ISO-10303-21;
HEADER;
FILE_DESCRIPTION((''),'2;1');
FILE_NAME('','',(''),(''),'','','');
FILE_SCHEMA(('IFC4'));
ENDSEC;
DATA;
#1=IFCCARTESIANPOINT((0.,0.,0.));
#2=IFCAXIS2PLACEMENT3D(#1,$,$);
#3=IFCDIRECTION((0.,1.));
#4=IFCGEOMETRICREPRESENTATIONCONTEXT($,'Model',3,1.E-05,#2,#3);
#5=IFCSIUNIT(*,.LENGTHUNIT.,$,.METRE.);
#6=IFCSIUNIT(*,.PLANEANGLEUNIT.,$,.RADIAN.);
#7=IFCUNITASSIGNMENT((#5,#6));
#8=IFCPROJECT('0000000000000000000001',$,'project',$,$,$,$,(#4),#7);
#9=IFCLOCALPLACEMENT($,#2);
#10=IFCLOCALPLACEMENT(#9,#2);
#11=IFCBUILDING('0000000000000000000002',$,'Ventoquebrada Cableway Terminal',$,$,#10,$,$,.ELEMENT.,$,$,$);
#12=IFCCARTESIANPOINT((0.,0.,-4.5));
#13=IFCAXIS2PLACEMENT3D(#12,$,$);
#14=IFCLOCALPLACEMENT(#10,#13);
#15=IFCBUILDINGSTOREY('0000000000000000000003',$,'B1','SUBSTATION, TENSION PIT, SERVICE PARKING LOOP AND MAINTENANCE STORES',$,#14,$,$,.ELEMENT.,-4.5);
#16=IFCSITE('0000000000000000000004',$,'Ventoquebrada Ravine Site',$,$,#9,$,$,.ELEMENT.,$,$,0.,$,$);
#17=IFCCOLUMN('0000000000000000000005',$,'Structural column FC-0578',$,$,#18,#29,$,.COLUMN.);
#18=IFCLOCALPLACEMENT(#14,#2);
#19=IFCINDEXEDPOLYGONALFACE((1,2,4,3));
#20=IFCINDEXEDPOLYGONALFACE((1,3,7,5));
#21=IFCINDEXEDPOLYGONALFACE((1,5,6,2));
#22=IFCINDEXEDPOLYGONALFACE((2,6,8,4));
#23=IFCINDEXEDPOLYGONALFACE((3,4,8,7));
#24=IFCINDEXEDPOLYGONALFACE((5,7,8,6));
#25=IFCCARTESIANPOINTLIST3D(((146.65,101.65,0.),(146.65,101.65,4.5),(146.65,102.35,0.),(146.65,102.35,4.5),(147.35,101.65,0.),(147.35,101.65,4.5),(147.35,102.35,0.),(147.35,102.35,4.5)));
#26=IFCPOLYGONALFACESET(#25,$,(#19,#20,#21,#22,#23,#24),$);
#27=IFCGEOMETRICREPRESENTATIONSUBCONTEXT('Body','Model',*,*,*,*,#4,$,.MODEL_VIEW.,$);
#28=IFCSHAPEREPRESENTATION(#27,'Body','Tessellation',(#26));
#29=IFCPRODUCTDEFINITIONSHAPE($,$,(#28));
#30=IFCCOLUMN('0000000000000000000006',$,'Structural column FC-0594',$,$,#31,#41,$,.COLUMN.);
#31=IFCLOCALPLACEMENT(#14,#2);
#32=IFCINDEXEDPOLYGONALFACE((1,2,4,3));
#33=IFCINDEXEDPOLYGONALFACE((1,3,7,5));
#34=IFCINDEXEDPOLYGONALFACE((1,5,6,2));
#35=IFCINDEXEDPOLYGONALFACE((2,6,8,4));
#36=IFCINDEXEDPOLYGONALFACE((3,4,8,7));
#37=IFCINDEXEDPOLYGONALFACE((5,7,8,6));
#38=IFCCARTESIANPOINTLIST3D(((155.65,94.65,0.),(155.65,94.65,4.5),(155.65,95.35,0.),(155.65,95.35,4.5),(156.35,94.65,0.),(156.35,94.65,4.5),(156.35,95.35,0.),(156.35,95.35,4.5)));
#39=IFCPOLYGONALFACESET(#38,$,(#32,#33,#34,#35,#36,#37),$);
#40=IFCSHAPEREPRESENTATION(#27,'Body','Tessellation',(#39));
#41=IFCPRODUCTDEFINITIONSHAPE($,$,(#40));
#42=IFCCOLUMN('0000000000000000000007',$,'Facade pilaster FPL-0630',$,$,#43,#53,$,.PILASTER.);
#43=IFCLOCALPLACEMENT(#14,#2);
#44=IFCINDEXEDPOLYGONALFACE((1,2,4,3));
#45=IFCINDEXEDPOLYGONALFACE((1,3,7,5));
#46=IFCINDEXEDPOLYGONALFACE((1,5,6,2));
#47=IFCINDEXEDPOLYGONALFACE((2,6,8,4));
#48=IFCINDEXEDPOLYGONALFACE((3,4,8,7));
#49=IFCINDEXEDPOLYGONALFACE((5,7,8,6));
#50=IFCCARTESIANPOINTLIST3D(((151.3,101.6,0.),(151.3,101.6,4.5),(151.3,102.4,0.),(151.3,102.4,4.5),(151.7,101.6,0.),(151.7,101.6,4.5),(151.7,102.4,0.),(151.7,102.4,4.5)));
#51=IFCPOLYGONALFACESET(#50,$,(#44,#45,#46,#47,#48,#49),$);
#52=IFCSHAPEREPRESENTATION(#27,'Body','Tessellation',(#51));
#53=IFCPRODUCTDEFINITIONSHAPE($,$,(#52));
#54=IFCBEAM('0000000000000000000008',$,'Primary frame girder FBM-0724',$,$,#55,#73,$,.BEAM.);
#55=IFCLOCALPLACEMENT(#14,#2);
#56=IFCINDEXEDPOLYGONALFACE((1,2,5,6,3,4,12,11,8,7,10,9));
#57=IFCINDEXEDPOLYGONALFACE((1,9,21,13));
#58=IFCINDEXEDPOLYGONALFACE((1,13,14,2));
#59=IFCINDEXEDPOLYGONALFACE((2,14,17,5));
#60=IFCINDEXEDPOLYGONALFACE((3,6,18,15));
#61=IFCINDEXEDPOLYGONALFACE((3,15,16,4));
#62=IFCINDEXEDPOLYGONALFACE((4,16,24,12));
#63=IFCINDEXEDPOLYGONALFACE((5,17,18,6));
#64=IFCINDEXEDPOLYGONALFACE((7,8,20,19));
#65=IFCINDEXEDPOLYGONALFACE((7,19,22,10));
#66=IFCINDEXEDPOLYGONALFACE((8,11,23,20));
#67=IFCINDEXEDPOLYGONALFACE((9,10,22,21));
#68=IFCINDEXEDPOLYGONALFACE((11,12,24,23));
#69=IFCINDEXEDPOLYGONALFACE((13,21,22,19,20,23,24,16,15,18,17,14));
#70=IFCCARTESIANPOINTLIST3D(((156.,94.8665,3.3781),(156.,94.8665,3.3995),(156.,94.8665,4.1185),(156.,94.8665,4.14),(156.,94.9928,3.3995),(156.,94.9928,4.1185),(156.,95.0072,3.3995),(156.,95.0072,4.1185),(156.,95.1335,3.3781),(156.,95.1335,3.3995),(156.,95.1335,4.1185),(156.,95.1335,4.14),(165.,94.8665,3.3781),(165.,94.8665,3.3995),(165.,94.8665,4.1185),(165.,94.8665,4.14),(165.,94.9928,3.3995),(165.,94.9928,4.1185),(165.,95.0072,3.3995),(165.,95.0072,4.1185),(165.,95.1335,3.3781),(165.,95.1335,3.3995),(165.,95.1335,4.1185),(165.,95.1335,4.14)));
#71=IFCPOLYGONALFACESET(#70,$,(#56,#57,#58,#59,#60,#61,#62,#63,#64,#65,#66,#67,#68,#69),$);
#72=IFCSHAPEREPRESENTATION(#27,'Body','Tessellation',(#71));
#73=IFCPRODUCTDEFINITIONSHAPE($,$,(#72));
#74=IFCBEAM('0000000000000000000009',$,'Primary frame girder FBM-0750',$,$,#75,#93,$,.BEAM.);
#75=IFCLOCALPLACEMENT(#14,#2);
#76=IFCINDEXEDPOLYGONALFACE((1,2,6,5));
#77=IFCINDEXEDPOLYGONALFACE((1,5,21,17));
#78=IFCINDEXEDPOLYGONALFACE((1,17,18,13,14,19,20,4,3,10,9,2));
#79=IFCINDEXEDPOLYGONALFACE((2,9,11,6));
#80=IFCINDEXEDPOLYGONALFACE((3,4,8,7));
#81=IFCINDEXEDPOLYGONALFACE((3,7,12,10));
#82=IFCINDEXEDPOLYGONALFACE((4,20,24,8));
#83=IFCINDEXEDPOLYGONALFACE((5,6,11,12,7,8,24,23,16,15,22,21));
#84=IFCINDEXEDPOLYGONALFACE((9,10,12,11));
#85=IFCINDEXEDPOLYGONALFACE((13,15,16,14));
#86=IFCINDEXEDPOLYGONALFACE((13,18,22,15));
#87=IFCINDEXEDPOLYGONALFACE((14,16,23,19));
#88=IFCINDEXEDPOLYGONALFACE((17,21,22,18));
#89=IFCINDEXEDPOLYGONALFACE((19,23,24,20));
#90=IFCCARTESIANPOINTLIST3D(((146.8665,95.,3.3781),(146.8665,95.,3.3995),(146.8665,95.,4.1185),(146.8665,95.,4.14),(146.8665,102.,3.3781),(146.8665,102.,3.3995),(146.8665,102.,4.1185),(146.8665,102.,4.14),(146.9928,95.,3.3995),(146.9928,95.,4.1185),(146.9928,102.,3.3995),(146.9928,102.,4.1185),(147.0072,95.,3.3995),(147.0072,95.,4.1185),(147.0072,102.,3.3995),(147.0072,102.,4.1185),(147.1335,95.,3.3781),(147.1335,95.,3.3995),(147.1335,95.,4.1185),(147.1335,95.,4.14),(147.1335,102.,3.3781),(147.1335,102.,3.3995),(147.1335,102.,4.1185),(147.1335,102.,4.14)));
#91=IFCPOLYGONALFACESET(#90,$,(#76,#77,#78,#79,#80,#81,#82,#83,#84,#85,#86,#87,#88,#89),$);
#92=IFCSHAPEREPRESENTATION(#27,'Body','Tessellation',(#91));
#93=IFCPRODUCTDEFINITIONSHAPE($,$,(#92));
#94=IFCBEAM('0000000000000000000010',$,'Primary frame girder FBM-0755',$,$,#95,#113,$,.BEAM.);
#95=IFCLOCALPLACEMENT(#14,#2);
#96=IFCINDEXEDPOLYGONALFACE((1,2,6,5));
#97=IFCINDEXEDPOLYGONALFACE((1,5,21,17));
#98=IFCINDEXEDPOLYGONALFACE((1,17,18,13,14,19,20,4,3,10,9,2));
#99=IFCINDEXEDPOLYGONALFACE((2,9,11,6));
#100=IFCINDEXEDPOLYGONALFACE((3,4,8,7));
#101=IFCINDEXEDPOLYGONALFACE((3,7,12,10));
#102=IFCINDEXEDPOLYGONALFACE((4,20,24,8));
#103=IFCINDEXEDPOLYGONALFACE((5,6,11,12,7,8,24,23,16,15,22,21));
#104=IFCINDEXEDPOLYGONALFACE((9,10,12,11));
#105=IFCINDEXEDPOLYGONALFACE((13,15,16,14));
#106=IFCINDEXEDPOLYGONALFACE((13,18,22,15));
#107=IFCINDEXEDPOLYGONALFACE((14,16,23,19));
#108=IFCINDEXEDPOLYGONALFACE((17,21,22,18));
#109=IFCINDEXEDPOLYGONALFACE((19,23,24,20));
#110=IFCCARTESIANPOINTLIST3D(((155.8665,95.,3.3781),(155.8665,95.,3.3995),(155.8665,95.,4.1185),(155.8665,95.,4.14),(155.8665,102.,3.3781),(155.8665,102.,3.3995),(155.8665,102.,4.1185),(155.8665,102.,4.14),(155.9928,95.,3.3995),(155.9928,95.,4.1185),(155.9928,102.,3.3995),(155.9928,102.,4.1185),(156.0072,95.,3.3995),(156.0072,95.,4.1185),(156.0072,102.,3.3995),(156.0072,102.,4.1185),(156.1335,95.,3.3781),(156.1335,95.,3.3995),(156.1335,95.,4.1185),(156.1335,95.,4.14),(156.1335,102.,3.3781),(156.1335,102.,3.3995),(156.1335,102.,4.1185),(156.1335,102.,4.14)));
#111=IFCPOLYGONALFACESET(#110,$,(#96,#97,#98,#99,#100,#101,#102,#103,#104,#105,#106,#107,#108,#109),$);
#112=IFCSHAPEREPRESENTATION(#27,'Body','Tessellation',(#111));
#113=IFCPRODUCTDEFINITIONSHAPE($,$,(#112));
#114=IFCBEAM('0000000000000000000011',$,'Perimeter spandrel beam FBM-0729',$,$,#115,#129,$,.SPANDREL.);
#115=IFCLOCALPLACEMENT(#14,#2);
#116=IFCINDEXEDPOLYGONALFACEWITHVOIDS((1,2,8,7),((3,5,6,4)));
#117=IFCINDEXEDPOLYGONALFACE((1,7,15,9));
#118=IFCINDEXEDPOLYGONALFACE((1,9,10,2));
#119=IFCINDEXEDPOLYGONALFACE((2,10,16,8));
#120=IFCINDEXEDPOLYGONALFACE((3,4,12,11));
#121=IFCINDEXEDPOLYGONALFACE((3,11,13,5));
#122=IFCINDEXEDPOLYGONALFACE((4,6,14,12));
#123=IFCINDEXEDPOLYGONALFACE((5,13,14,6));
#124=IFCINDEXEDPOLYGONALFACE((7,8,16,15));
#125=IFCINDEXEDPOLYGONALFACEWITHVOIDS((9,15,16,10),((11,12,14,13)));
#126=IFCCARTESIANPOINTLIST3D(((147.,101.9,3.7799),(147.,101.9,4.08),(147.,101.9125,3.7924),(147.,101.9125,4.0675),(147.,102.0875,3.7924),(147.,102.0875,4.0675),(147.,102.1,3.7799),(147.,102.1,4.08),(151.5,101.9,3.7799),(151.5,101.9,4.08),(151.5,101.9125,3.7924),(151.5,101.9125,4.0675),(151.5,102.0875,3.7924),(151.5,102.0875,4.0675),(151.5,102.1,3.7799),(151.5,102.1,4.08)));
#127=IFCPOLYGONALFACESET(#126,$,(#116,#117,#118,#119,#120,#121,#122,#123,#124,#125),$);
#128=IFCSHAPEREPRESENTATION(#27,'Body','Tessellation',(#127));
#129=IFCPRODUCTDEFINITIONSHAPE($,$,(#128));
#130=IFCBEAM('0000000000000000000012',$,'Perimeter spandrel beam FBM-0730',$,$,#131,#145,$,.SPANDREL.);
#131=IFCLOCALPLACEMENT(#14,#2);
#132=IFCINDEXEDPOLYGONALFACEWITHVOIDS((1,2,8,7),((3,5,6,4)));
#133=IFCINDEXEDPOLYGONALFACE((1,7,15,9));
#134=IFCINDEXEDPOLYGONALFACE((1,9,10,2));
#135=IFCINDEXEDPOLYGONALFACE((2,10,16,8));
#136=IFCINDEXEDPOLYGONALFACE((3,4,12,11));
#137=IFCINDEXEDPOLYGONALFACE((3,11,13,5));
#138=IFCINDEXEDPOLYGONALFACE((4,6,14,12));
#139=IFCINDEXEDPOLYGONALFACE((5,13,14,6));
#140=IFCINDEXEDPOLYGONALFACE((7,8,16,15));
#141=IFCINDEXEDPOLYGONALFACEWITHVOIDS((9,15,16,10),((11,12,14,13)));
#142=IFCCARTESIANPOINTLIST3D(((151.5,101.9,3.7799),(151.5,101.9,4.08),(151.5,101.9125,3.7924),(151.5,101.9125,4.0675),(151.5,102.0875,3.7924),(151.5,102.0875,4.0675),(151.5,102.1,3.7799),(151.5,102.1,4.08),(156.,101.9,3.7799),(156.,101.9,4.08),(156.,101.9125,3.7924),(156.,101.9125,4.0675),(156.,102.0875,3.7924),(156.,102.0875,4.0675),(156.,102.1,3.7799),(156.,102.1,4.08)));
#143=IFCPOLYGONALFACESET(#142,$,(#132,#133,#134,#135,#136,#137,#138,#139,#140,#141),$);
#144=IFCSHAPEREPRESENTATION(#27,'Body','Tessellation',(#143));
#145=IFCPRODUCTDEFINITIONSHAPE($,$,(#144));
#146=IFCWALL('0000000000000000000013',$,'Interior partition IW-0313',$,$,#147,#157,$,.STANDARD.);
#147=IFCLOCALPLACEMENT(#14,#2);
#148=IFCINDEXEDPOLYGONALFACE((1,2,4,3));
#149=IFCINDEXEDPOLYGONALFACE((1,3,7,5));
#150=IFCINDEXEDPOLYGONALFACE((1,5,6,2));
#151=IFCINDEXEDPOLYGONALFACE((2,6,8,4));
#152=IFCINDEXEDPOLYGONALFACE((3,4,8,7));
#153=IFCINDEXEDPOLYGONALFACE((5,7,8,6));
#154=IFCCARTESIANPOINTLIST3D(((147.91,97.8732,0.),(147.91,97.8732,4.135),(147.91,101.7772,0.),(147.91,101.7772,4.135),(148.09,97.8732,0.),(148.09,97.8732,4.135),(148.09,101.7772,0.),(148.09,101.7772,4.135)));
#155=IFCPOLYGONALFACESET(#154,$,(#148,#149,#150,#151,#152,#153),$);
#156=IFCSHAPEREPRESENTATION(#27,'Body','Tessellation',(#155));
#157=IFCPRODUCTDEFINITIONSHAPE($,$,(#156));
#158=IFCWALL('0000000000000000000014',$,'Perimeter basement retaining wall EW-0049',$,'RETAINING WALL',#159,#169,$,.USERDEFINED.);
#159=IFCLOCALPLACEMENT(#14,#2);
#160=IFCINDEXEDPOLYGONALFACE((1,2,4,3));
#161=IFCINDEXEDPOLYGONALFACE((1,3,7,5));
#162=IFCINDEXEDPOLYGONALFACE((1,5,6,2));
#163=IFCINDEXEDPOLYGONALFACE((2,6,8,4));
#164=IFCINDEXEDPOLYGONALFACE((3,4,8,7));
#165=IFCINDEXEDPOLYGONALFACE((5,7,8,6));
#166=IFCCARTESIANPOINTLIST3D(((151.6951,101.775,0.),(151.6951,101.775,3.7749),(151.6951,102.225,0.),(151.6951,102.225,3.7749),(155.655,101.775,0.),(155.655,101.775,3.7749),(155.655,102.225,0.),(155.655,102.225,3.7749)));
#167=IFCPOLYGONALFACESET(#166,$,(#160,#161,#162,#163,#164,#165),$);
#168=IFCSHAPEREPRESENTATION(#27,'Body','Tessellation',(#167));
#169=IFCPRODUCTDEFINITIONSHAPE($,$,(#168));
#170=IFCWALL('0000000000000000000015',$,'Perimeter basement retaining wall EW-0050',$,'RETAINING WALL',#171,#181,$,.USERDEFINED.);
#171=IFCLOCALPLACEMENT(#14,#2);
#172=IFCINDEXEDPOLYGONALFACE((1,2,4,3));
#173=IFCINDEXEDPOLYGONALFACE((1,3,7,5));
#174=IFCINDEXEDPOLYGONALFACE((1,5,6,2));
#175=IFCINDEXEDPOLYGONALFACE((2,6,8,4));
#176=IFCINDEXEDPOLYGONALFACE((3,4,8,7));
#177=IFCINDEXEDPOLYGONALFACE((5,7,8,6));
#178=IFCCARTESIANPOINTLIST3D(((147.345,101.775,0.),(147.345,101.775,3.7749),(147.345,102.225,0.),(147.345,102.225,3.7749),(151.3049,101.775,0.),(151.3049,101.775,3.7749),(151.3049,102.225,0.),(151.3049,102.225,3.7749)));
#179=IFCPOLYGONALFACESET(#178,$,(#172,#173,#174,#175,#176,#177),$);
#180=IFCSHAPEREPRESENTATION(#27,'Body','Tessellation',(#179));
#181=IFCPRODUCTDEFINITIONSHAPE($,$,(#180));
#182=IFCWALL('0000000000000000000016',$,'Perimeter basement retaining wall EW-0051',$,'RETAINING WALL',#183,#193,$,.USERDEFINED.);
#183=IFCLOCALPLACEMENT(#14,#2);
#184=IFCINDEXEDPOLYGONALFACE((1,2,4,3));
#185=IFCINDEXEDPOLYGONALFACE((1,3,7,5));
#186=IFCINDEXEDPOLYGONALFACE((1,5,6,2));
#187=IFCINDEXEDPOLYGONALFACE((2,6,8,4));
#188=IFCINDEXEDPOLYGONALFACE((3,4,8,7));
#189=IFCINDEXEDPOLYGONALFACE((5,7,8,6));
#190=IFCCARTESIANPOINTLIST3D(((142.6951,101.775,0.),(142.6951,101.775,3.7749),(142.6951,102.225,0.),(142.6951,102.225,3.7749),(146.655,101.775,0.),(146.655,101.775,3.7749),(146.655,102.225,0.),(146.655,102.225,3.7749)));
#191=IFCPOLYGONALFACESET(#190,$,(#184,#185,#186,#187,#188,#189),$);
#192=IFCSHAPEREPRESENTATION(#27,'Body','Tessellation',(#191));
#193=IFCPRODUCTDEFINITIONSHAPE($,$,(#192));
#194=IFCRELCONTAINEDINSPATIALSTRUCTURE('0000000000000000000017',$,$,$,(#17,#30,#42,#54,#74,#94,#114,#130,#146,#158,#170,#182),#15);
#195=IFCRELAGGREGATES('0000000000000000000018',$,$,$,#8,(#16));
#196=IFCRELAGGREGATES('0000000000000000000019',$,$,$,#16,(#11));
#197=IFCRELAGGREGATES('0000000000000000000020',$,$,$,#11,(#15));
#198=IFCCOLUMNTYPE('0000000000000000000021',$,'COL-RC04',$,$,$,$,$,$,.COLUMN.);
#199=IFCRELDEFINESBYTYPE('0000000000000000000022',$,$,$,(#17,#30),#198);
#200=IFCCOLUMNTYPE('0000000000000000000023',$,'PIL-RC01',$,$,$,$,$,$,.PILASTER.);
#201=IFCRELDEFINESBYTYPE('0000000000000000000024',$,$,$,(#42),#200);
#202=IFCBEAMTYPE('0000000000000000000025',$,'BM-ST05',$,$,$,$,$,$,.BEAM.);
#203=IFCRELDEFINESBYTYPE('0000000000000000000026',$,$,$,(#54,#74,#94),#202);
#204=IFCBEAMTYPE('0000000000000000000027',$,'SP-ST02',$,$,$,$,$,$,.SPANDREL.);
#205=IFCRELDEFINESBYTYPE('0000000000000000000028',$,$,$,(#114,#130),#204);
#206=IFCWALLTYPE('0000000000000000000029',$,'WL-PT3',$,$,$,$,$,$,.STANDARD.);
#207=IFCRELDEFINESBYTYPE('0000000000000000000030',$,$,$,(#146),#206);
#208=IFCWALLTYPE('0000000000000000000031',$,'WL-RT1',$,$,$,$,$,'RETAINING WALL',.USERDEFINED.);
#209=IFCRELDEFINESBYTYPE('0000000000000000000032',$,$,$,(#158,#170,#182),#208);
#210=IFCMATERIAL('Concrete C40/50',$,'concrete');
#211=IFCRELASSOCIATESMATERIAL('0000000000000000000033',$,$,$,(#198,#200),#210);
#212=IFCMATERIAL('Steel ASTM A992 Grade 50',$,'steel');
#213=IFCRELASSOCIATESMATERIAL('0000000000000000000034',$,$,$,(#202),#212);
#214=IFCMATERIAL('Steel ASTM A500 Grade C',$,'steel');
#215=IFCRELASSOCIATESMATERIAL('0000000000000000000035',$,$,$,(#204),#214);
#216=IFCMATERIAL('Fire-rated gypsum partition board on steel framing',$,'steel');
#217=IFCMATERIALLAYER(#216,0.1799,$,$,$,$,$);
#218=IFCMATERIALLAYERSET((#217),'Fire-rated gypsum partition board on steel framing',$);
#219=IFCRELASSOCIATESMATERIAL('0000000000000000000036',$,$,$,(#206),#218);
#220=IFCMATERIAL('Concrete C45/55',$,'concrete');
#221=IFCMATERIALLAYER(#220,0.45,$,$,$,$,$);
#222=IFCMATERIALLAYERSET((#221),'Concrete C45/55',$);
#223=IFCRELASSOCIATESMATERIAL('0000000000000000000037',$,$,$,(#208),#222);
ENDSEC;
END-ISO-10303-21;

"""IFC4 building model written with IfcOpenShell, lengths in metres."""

from ifc_helpers import new_model, si_unit, direction, frame, frame_2d, origin, origin_2d, place, context, subcontext, project, spatial, rectangle, hollow_rectangle, i_section, extrude, material, layer, layer_set, material_profile, profile_set, type_object, element, save


model = new_model("IFC4")

# Units and contexts
model_context = context("Model", 3, precision=1e-05, world=origin(), true_north=direction((0.0, 1.0)))
body_context = subcontext(model_context, "Body", "Model", "MODEL_VIEW")
ifc_project = project(units=[si_unit("LENGTHUNIT", "METRE"), si_unit("PLANEANGLEUNIT", "RADIAN")], contexts=[model_context])

# Site, building, storey
site_placement = place(None, origin())
site = spatial("IfcSite", under=ifc_project, at=site_placement, Name="Ventoquebrada Ravine Site", CompositionType="ELEMENT", RefElevation=0.0)
building_placement = place(site_placement, origin())
building = spatial("IfcBuilding", under=site, at=building_placement, Name="Ventoquebrada Cableway Terminal", CompositionType="ELEMENT")
storey_placement = place(building_placement, frame((0.0, 0.0, -4.5)))
storey = spatial("IfcBuildingStorey", under=building, at=storey_placement, Name="B1", Description="SUBSTATION, TENSION PIT, SERVICE PARKING LOOP AND MAINTENANCE STORES", CompositionType="ELEMENT", Elevation=-4.5)

# Shared definitions
ifc_material_1 = material(Name="Concrete C40/50", Category="concrete")

# Columns
ifc_material_profile_1 = material_profile(ifc_material_1, rectangle(XDim=0.7, YDim=0.7, at=origin_2d()), Name="RC-COL-700X700")
ifc_profile_set_1 = profile_set([ifc_material_profile_1], Name="Concrete C40/50")
column_type_1 = type_object("IfcColumnType", Name="COL-RC04", PredefinedType="COLUMN", material=ifc_profile_set_1)
for number, where, z_axis, x_axis, name in (
    (1, (147.0, 102.0, 0.0), (0.0, 0.0, 1.0), (1.0, 0.0, 0.0), "Structural column FC-0578"),
    (2, (156.0, 95.0, 0.0), (0.0, 0.0, 1.0), (1.0, 0.0, 0.0), "Structural column FC-0594"),
):
    element("IfcColumn", number, at=place(storey_placement, frame(where, z_axis=z_axis, x_axis=x_axis)), inside=storey, type_object=column_type_1, Name=name, PredefinedType="COLUMN", context=body_context, shape_type="SweptSolid", body=[
        extrude(rectangle(XDim=0.7, YDim=0.7, at=origin_2d()), origin(), (0.0, 0.0, 1.0), 4.5),
    ])
ifc_material_profile_2 = material_profile(ifc_material_1, rectangle(XDim=0.3999, YDim=0.8, at=origin_2d()), Name="RC-PIL-400X800")
ifc_profile_set_2 = profile_set([ifc_material_profile_2], Name="Concrete C40/50")
column_type_2 = type_object("IfcColumnType", Name="PIL-RC01", PredefinedType="PILASTER", material=ifc_profile_set_2)
column_placement = place(storey_placement, frame((151.5, 102.0, 0.0), z_axis=(0.0, 0.0, 1.0), x_axis=(1.0, 0.0, 0.0)))
element("IfcColumn", 3, at=column_placement, inside=storey, type_object=column_type_2, Name="Facade pilaster FPL-0630", PredefinedType="PILASTER", context=body_context, shape_type="SweptSolid", body=[
    extrude(rectangle(XDim=0.3999, YDim=0.8, at=origin_2d()), origin(), (0.0, 0.0, 1.0), 4.5),
])

# Beams
ifc_material_2 = material(Name="Steel ASTM A992 Grade 50", Category="steel")
ifc_material_profile_3 = material_profile(ifc_material_2, i_section(OverallWidth=0.2671, OverallDepth=0.762, WebThickness=0.0144, FlangeThickness=0.0215, at=origin_2d()), Name="W30X116")
ifc_profile_set_3 = profile_set([ifc_material_profile_3], Name="Steel ASTM A992 Grade 50")
beam_type_1 = type_object("IfcBeamType", Name="BM-ST05", PredefinedType="BEAM", material=ifc_profile_set_3)
beam_placement = place(storey_placement, frame((156.0, 95.0, 3.759), z_axis=(1.0, 0.0, 0.0), x_axis=(0.0, 1.0, 0.0)))
element("IfcBeam", 4, at=beam_placement, inside=storey, type_object=beam_type_1, Name="Primary frame girder FBM-0724", PredefinedType="BEAM", context=body_context, shape_type="SweptSolid", body=[
    extrude(i_section(OverallWidth=0.2671, OverallDepth=0.762, WebThickness=0.0144, FlangeThickness=0.0215, at=origin_2d()), origin(), (0.0, 0.0, 1.0), 9.0),
])
for number, where, z_axis, x_axis, name in (
    (5, (147.0, 95.0, 3.759), (0.0, 1.0, 0.0), (-1.0, 0.0, 0.0), "Primary frame girder FBM-0750"),
    (6, (156.0, 95.0, 3.759), (0.0, 1.0, 0.0), (-1.0, 0.0, 0.0), "Primary frame girder FBM-0755"),
):
    element("IfcBeam", number, at=place(storey_placement, frame(where, z_axis=z_axis, x_axis=x_axis)), inside=storey, type_object=beam_type_1, Name=name, PredefinedType="BEAM", context=body_context, shape_type="SweptSolid", body=[
        extrude(i_section(OverallWidth=0.2671, OverallDepth=0.762, WebThickness=0.0144, FlangeThickness=0.0215, at=origin_2d()), origin(), (0.0, 0.0, 1.0), 7.0),
    ])
ifc_material_3 = material(Name="Steel ASTM A500 Grade C", Category="steel")
ifc_material_profile_4 = material_profile(ifc_material_3, hollow_rectangle(XDim=0.2, YDim=0.3, WallThickness=0.0125, at=origin_2d()), Name="RHS300X200X12.5")
ifc_profile_set_4 = profile_set([ifc_material_profile_4], Name="Steel ASTM A500 Grade C")
beam_type_2 = type_object("IfcBeamType", Name="SP-ST02", PredefinedType="SPANDREL", material=ifc_profile_set_4)
for number, where, z_axis, x_axis, name in (
    (7, (147.0, 102.0, 3.9299), (1.0, 0.0, 0.0), (0.0, 1.0, 0.0), "Perimeter spandrel beam FBM-0729"),
    (8, (151.5, 102.0, 3.9299), (1.0, 0.0, 0.0), (0.0, 1.0, 0.0), "Perimeter spandrel beam FBM-0730"),
):
    element("IfcBeam", number, at=place(storey_placement, frame(where, z_axis=z_axis, x_axis=x_axis)), inside=storey, type_object=beam_type_2, Name=name, PredefinedType="SPANDREL", context=body_context, shape_type="SweptSolid", body=[
        extrude(hollow_rectangle(XDim=0.2, YDim=0.3, WallThickness=0.0125, at=origin_2d()), origin(), (0.0, 0.0, 1.0), 4.5),
    ])

# Walls
ifc_material_4 = material(Name="Fire-rated gypsum partition board on steel framing", Category="steel")
ifc_layer_1 = layer(ifc_material_4, 0.1799)
ifc_layer_set_1 = layer_set([ifc_layer_1], Name="Fire-rated gypsum partition board on steel framing")
wall_type_1 = type_object("IfcWallType", Name="WL-PT3", PredefinedType="STANDARD", material=ifc_layer_set_1)
wall_placement = place(storey_placement, frame((148.0, 97.873, 0.0), z_axis=(0.0, 0.0, 1.0), x_axis=(0.0, 1.0, 0.0)))
element("IfcWall", 9, at=wall_placement, inside=storey, type_object=wall_type_1, Name="Interior partition IW-0313", PredefinedType="STANDARD", context=body_context, shape_type="SweptSolid", body=[
    extrude(rectangle(XDim=3.9041, YDim=0.1799, at=frame_2d((1.9521, 0.0))), origin(), (0.0, 0.0, 1.0), 4.135),
])
ifc_material_5 = material(Name="Concrete C45/55", Category="concrete")
ifc_layer_2 = layer(ifc_material_5, 0.45)
ifc_layer_set_2 = layer_set([ifc_layer_2], Name="Concrete C45/55")
wall_type_2 = type_object("IfcWallType", Name="WL-RT1", ElementType="RETAINING WALL", PredefinedType="USERDEFINED", material=ifc_layer_set_2)
for number, where, z_axis, x_axis, name in (
    (10, (155.655, 102.0, 0.0), (0.0, 0.0, 1.0), (-1.0, 0.0, 0.0), "Perimeter basement retaining wall EW-0049"),
    (11, (151.3049, 102.0, 0.0), (0.0, 0.0, 1.0), (-1.0, 0.0, 0.0), "Perimeter basement retaining wall EW-0050"),
    (12, (146.655, 102.0, 0.0), (0.0, 0.0, 1.0), (-1.0, 0.0, 0.0), "Perimeter basement retaining wall EW-0051"),
):
    element("IfcWall", number, at=place(storey_placement, frame(where, z_axis=z_axis, x_axis=x_axis)), inside=storey, type_object=wall_type_2, Name=name, ObjectType="RETAINING WALL", PredefinedType="USERDEFINED", context=body_context, shape_type="SweptSolid", body=[
        extrude(rectangle(XDim=3.96, YDim=0.45, at=frame_2d((1.98, 0.0))), origin(), (0.0, 0.0, 1.0), 3.7749),
    ])

save(model, "model.ifc")
